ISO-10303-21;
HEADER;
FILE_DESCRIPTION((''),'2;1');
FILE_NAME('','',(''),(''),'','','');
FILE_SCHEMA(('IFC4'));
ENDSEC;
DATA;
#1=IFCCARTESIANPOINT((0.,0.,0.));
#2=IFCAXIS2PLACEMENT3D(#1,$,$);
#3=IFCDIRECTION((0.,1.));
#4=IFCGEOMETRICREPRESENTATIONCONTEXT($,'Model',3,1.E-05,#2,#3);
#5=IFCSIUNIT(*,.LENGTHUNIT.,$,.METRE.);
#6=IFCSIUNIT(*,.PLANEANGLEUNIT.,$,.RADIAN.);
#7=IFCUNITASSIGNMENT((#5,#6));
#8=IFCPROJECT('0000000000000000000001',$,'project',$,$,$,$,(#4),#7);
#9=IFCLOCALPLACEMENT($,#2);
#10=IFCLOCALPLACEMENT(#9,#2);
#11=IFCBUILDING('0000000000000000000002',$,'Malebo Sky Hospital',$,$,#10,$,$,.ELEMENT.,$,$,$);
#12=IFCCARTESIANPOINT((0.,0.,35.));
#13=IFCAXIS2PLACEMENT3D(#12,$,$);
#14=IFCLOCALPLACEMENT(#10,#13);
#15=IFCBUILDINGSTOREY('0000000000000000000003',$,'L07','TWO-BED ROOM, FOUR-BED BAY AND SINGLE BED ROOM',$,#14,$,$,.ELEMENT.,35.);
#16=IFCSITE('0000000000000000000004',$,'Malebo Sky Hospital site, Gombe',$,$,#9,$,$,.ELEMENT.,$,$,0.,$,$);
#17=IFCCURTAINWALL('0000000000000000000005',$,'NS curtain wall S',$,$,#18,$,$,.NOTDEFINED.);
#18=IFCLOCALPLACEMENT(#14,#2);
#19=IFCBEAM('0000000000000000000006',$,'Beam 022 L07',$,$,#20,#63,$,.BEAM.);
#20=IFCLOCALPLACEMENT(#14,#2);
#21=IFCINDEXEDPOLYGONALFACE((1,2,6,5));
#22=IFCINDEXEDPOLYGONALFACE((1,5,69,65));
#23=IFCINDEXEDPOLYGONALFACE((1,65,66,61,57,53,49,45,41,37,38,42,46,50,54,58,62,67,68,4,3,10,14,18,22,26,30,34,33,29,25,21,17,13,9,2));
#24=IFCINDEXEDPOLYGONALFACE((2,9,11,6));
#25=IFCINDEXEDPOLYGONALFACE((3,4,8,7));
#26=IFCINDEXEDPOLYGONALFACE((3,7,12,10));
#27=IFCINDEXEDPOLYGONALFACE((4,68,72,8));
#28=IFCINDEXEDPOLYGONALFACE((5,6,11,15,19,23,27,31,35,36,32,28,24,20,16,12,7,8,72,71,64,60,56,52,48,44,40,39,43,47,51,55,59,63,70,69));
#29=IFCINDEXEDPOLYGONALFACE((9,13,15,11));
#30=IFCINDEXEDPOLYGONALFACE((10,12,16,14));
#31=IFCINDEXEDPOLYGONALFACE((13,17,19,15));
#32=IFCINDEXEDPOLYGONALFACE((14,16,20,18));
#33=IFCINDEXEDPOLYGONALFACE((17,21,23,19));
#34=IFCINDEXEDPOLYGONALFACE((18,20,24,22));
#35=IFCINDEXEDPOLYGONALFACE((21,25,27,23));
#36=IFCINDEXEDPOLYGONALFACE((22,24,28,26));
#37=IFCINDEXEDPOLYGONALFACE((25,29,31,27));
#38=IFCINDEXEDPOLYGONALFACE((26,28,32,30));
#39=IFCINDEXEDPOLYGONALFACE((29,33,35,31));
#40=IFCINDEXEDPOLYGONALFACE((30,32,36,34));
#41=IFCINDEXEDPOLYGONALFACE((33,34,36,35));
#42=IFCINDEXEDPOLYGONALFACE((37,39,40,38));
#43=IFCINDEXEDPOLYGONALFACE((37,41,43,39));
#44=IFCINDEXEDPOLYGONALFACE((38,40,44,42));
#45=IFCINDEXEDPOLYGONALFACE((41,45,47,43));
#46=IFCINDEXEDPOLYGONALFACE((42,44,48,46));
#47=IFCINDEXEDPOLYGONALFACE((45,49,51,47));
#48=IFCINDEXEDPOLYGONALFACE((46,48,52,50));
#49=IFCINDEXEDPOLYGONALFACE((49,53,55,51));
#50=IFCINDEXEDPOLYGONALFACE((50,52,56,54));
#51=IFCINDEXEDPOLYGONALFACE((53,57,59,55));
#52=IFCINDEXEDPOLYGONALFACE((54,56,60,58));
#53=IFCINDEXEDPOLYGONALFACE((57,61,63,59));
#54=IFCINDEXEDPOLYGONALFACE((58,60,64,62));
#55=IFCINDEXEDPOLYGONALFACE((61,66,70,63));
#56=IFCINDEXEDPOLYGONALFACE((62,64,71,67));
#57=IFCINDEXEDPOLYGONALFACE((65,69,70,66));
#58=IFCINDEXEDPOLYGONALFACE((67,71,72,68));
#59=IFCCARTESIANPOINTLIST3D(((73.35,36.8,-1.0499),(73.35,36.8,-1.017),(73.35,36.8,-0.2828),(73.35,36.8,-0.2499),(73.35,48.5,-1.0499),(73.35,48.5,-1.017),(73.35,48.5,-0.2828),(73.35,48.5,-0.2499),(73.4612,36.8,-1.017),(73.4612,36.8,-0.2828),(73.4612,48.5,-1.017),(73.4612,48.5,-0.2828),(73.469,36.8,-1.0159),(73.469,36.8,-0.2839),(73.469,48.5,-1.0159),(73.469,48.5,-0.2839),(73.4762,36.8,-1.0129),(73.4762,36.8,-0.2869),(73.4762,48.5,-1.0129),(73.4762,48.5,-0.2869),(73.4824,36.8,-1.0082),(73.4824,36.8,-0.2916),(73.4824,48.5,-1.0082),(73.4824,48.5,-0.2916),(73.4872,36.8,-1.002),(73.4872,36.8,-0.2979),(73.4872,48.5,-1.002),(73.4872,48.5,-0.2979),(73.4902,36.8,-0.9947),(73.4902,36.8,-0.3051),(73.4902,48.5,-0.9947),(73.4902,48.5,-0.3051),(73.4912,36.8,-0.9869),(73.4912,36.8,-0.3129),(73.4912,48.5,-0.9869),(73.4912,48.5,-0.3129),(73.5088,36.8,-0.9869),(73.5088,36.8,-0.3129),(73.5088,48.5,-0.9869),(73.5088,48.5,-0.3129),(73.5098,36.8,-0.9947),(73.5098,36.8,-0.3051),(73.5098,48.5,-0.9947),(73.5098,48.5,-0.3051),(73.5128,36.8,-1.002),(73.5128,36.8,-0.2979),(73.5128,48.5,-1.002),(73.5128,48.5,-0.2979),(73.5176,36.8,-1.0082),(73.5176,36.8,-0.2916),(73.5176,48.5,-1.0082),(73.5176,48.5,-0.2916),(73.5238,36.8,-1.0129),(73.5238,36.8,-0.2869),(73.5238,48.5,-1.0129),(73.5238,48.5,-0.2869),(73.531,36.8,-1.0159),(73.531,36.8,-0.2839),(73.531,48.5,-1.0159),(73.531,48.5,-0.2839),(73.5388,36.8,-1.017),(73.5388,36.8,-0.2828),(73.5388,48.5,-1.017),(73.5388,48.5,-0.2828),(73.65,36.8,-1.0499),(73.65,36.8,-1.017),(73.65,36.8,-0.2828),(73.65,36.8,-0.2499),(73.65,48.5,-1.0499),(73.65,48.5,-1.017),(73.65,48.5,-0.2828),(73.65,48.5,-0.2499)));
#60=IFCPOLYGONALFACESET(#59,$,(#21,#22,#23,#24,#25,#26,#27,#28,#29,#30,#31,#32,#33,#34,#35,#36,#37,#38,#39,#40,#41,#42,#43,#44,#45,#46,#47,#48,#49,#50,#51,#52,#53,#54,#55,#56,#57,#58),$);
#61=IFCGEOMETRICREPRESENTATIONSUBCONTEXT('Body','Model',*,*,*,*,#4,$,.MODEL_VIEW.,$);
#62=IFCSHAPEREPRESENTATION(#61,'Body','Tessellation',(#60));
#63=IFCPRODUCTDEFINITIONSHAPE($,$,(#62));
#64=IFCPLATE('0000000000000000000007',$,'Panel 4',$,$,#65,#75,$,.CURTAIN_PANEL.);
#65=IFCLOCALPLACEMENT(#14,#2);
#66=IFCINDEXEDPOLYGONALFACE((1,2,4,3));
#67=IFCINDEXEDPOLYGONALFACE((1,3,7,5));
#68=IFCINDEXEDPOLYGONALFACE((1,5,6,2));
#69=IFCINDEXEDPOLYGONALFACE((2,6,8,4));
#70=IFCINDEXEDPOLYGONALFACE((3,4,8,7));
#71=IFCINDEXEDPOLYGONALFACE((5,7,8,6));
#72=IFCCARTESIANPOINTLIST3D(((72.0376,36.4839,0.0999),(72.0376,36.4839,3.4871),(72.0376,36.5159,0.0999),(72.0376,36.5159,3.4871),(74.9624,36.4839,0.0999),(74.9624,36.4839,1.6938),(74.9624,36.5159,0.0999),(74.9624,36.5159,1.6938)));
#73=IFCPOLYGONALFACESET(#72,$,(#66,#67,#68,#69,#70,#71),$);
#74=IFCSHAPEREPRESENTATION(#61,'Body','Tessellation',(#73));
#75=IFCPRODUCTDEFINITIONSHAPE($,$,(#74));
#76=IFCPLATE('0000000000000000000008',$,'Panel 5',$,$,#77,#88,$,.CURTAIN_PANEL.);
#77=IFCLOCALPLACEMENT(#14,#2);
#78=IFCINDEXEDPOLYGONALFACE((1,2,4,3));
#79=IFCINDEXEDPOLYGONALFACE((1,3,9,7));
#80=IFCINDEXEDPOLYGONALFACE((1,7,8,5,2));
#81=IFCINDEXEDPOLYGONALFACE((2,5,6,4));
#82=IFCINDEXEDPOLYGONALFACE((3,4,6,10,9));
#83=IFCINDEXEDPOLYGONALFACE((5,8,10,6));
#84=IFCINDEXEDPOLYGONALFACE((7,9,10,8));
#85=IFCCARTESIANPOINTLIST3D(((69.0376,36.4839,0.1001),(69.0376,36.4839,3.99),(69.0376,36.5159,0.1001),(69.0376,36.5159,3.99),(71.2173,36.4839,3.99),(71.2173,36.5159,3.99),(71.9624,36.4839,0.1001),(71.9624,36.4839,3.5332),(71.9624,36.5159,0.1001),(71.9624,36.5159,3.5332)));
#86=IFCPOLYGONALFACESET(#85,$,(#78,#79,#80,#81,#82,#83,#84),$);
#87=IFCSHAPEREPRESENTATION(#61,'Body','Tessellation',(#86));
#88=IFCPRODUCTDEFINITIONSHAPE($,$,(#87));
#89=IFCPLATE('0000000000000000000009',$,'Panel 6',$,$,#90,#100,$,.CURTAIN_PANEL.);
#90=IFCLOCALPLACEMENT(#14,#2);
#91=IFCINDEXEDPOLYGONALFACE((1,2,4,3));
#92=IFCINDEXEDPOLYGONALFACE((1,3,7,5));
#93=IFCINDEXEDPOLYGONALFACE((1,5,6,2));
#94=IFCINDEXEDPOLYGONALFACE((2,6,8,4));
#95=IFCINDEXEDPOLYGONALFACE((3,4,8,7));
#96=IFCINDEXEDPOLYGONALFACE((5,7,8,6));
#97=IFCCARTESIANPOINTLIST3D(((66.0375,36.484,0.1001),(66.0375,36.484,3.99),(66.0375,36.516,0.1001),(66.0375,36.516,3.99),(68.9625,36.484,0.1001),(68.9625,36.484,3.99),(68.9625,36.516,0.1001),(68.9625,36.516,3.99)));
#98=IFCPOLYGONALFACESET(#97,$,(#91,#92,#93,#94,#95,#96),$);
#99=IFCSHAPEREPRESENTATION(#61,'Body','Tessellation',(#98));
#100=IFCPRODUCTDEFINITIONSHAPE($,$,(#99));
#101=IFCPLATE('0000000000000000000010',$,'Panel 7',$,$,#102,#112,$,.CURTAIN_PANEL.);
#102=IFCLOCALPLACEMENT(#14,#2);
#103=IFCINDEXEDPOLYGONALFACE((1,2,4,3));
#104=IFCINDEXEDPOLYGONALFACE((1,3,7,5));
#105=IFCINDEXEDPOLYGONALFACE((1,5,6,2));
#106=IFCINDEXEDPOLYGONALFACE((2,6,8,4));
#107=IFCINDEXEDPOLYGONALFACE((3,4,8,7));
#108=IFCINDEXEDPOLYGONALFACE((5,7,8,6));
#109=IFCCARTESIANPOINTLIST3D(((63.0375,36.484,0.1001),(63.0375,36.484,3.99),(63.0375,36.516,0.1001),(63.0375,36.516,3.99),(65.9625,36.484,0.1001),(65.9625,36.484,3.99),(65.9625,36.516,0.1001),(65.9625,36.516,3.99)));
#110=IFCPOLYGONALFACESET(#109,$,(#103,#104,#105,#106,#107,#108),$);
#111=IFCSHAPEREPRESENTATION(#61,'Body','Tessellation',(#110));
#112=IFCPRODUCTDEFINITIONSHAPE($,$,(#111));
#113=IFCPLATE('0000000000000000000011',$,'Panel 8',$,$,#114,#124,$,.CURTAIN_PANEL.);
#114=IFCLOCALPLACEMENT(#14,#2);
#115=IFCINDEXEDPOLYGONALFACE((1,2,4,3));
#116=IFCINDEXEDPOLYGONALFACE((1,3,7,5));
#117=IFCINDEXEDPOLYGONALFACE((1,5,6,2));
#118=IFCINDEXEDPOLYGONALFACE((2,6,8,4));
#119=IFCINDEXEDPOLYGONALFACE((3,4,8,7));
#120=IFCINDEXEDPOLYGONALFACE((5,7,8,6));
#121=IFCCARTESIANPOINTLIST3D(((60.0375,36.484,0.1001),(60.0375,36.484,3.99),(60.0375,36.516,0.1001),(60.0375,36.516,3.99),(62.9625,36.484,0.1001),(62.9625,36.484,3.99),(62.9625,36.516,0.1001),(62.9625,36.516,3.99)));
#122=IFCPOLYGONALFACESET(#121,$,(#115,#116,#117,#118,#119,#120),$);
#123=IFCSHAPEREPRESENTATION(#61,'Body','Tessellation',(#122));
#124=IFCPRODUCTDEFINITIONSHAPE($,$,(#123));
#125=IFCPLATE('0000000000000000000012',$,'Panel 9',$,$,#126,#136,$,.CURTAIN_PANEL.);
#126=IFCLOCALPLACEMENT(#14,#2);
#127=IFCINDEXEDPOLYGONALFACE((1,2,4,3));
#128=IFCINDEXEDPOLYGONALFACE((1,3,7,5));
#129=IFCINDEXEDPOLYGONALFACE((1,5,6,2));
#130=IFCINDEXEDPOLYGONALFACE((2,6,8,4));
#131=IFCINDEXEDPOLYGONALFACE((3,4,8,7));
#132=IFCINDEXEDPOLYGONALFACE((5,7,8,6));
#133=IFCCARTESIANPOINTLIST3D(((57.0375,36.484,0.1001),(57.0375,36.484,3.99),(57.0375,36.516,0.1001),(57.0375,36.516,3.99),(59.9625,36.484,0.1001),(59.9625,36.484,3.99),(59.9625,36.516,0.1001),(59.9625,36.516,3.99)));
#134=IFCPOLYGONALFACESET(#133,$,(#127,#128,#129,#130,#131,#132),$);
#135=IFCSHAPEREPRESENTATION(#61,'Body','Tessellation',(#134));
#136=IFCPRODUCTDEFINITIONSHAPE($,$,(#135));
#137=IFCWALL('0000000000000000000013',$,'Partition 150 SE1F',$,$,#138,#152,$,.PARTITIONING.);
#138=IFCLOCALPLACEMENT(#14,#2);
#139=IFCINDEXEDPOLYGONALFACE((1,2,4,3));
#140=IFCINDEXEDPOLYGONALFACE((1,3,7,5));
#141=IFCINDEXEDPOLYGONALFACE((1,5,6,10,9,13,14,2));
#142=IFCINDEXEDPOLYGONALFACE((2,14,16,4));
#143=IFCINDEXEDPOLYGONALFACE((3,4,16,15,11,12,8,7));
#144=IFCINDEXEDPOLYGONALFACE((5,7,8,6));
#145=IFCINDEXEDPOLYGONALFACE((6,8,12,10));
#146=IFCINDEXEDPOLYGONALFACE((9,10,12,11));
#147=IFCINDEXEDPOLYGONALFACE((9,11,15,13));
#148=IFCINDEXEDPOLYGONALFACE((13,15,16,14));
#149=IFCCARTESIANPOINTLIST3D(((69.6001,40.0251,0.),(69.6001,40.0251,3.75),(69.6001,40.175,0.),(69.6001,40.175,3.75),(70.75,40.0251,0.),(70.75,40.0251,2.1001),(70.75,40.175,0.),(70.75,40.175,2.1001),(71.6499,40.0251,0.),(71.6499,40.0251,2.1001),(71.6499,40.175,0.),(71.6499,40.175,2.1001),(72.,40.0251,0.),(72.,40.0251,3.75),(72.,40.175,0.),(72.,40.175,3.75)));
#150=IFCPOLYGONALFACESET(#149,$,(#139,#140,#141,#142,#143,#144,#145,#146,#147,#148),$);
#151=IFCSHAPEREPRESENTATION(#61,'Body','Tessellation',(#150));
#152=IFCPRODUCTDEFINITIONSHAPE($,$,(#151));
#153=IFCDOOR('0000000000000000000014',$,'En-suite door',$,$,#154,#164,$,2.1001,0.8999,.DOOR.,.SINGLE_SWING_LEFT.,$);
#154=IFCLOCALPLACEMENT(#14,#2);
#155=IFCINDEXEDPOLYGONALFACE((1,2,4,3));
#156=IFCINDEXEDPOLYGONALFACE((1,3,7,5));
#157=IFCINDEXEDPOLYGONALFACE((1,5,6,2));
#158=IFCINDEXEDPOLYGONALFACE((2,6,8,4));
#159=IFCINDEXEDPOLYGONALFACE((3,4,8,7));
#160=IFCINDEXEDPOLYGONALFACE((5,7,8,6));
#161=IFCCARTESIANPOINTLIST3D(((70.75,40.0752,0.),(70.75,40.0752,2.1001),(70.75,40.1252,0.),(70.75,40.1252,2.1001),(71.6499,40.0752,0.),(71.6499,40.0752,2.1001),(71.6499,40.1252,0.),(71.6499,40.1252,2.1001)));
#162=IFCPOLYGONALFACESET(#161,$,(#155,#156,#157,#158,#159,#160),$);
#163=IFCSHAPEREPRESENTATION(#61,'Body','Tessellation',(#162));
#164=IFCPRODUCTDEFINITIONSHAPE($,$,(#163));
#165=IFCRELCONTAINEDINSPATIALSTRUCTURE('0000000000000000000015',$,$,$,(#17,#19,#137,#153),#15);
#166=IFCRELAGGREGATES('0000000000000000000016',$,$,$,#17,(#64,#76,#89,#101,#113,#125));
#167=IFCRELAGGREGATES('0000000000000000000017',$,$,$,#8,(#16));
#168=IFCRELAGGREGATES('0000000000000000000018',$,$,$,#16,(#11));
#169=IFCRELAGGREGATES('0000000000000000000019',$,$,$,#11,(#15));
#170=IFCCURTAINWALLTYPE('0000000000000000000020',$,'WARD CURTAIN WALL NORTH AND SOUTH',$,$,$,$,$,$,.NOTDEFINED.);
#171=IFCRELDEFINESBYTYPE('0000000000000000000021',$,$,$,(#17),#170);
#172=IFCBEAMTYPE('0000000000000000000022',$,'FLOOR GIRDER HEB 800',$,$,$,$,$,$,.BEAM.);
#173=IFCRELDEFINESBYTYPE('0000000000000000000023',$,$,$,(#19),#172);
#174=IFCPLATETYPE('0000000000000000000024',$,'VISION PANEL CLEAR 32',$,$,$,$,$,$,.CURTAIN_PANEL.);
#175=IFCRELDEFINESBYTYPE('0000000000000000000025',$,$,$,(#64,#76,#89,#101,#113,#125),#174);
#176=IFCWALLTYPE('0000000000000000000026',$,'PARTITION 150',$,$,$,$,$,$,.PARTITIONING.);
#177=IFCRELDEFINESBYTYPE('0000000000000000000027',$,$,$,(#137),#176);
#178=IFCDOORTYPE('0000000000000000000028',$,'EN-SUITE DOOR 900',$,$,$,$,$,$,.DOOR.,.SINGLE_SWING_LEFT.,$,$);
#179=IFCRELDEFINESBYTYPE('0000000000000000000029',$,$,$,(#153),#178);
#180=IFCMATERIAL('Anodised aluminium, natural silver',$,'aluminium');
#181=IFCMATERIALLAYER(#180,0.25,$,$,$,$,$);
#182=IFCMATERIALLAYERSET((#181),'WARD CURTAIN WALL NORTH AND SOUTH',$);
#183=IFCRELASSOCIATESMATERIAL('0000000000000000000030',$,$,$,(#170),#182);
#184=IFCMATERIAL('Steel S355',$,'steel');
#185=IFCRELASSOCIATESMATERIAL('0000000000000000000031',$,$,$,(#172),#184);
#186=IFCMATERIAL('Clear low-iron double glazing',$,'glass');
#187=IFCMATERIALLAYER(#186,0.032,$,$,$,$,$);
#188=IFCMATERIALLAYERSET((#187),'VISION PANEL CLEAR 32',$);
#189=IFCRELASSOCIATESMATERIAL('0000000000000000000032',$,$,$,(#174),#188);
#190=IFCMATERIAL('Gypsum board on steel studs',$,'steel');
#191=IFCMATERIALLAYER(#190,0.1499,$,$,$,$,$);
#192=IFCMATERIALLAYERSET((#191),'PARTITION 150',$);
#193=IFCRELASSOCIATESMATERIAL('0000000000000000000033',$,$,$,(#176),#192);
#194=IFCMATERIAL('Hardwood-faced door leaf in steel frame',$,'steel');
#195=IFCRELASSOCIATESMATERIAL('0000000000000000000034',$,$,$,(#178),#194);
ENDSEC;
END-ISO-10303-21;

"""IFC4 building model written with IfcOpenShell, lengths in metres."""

from ifc_helpers import new_model, si_unit, direction, frame, frame_2d, origin, origin_2d, place, context, subcontext, project, spatial, polyline, rectangle, i_section, outline, extrude, material, layer, layer_set, material_profile, profile_set, type_object, element, fill, aggregate, save


model = new_model("IFC4")

# Units and contexts
model_context = context("Model", 3, precision=1e-05, world=origin(), true_north=direction((0.0, 1.0)))
body_context = subcontext(model_context, "Body", "Model", "MODEL_VIEW")
ifc_project = project(units=[si_unit("LENGTHUNIT", "METRE"), si_unit("PLANEANGLEUNIT", "RADIAN")], contexts=[model_context])

# Site, building, storey
site_placement = place(None, origin())
site = spatial("IfcSite", under=ifc_project, at=site_placement, Name="Malebo Sky Hospital site, Gombe", CompositionType="ELEMENT", RefElevation=0.0)
building_placement = place(site_placement, origin())
building = spatial("IfcBuilding", under=site, at=building_placement, Name="Malebo Sky Hospital", CompositionType="ELEMENT")
storey_placement = place(building_placement, frame((0.0, 0.0, 35.0)))
storey = spatial("IfcBuildingStorey", under=building, at=storey_placement, Name="L07", Description="TWO-BED ROOM, FOUR-BED BAY AND SINGLE BED ROOM", CompositionType="ELEMENT", Elevation=35.0)

# Curtain wall
ifc_material_1 = material(Name="Anodised aluminium, natural silver", Category="aluminium")
ifc_layer_1 = layer(ifc_material_1, 0.25)
ifc_layer_set_1 = layer_set([ifc_layer_1], Name="WARD CURTAIN WALL NORTH AND SOUTH")
curtain_wall_type = type_object("IfcCurtainWallType", Name="WARD CURTAIN WALL NORTH AND SOUTH", PredefinedType="NOTDEFINED", material=ifc_layer_set_1)
curtain_wall_placement = place(storey_placement, origin())
curtain_wall = element("IfcCurtainWall", 1, at=curtain_wall_placement, inside=storey, type_object=curtain_wall_type, Name="NS curtain wall S", PredefinedType="NOTDEFINED")

# Beam
ifc_material_2 = material(Name="Steel S355", Category="steel")
ifc_material_profile_1 = material_profile(ifc_material_2, i_section(OverallWidth=0.3, OverallDepth=0.8, WebThickness=0.0176, FlangeThickness=0.033, FilletRadius=0.03, at=origin_2d()), Name="HEB 800")
ifc_profile_set_1 = profile_set([ifc_material_profile_1], Name="Steel S355")
beam_type_1 = type_object("IfcBeamType", Name="FLOOR GIRDER HEB 800", PredefinedType="BEAM", material=ifc_profile_set_1)
beam_1_placement = place(storey_placement, frame((73.5, 36.8, -0.6499), z_axis=(0.0, 1.0, 0.0), x_axis=(-1.0, 0.0, 0.0)))
element("IfcBeam", 2, at=beam_1_placement, inside=storey, type_object=beam_type_1, Name="Beam 022 L07", PredefinedType="BEAM", context=body_context, shape_type="SweptSolid", body=[
    extrude(i_section(OverallWidth=0.3, OverallDepth=0.8, WebThickness=0.0176, FlangeThickness=0.033, FilletRadius=0.03, at=origin_2d()), origin(), (0.0, 0.0, 1.0), 11.7),
])

# Plates
ifc_material_3 = material(Name="Clear low-iron double glazing", Category="glass")
ifc_layer_2 = layer(ifc_material_3, 0.032)
ifc_layer_set_2 = layer_set([ifc_layer_2], Name="VISION PANEL CLEAR 32")
plate_type = type_object("IfcPlateType", Name="VISION PANEL CLEAR 32", PredefinedType="CURTAIN_PANEL", material=ifc_layer_set_2)
plate_1_placement = place(storey_placement, frame((73.5, 36.5, 0.0999), z_axis=(0.0, 0.0, 1.0), x_axis=(-1.0, 0.0, 0.0)))
plate_1 = element("IfcPlate", 3, at=plate_1_placement, type_object=plate_type, Name="Panel 4", PredefinedType="CURTAIN_PANEL", context=body_context, shape_type="SweptSolid", body=[
    extrude(outline(polyline([(-1.4624, 0.0), (1.4624, 0.0), (1.4624, 3.3872), (-1.4624, 1.594), (-1.4624, 0.0)])), frame((0.0, 0.0161, 0.0), z_axis=(0.0, -1.0, 0.0), x_axis=(1.0, 0.0, 0.0)), (0.0, 0.0, 1.0), 0.032),
])
plate_2_placement = place(storey_placement, frame((70.5, 36.5, 0.1001), z_axis=(0.0, 0.0, 1.0), x_axis=(-1.0, 0.0, 0.0)))
plate_2 = element("IfcPlate", 4, at=plate_2_placement, type_object=plate_type, Name="Panel 5", PredefinedType="CURTAIN_PANEL", context=body_context, shape_type="SweptSolid", body=[
    extrude(outline(polyline([(-1.4624, 0.0), (1.4624, 0.0), (1.4624, 3.8899), (-0.7173, 3.8899), (-1.4624, 3.4331), (-1.4624, 0.0)])), frame((0.0, 0.0161, 0.0), z_axis=(0.0, -1.0, 0.0), x_axis=(1.0, 0.0, 0.0)), (0.0, 0.0, 1.0), 0.032),
])
plate_3_placement = place(storey_placement, frame((67.5, 36.5, 0.1001), z_axis=(0.0, 0.0, 1.0), x_axis=(-1.0, 0.0, 0.0)))
plate_3 = element("IfcPlate", 5, at=plate_3_placement, type_object=plate_type, Name="Panel 6", PredefinedType="CURTAIN_PANEL", context=body_context, shape_type="SweptSolid", body=[
    extrude(rectangle(XDim=2.925, YDim=0.032, at=origin_2d()), origin(), (0.0, 0.0, 1.0), 3.8899),
])
plate_4_placement = place(storey_placement, frame((64.5, 36.5, 0.1001), z_axis=(0.0, 0.0, 1.0), x_axis=(-1.0, 0.0, 0.0)))
plate_4 = element("IfcPlate", 6, at=plate_4_placement, type_object=plate_type, Name="Panel 7", PredefinedType="CURTAIN_PANEL", context=body_context, shape_type="SweptSolid", body=[
    extrude(rectangle(XDim=2.925, YDim=0.032, at=origin_2d()), origin(), (0.0, 0.0, 1.0), 3.8899),
])
plate_5_placement = place(storey_placement, frame((61.5, 36.5, 0.1001), z_axis=(0.0, 0.0, 1.0), x_axis=(-1.0, 0.0, 0.0)))
plate_5 = element("IfcPlate", 7, at=plate_5_placement, type_object=plate_type, Name="Panel 8", PredefinedType="CURTAIN_PANEL", context=body_context, shape_type="SweptSolid", body=[
    extrude(rectangle(XDim=2.925, YDim=0.032, at=origin_2d()), origin(), (0.0, 0.0, 1.0), 3.8899),
])
plate_6_placement = place(storey_placement, frame((58.5, 36.5, 0.1001), z_axis=(0.0, 0.0, 1.0), x_axis=(-1.0, 0.0, 0.0)))
plate_6 = element("IfcPlate", 8, at=plate_6_placement, type_object=plate_type, Name="Panel 9", PredefinedType="CURTAIN_PANEL", context=body_context, shape_type="SweptSolid", body=[
    extrude(rectangle(XDim=2.925, YDim=0.032, at=origin_2d()), origin(), (0.0, 0.0, 1.0), 3.8899),
])
aggregate(curtain_wall, [plate_1, plate_2, plate_3, plate_4, plate_5, plate_6])

# Wall, opening, door
ifc_material_4 = material(Name="Gypsum board on steel studs", Category="steel")
ifc_layer_3 = layer(ifc_material_4, 0.1499)
ifc_layer_set_3 = layer_set([ifc_layer_3], Name="PARTITION 150")
wall_type = type_object("IfcWallType", Name="PARTITION 150", PredefinedType="PARTITIONING", material=ifc_layer_set_3)
wall_1_placement = place(storey_placement, frame((72.0, 40.1001, 0.0), z_axis=(0.0, 0.0, 1.0), x_axis=(-1.0, 0.0, 0.0)))
wall_1 = element("IfcWall", 9, at=wall_1_placement, inside=storey, type_object=wall_type, Name="Partition 150 SE1F", PredefinedType="PARTITIONING", context=body_context, shape_type="SweptSolid", body=[
    extrude(rectangle(XDim=2.3999, YDim=0.1499, at=frame_2d((1.2, 0.0))), origin(), (0.0, 0.0, 1.0), 3.75),
])
opening_1_placement = place(wall_1_placement, frame((0.3501, 0.0, 0.0)))
opening_1 = element("IfcOpeningElement", 10, at=opening_1_placement, cuts=wall_1, PredefinedType="OPENING", context=body_context, shape_type="SweptSolid", body=[
    extrude(rectangle(XDim=0.8999, YDim=2.1001, at=frame_2d((0.45, 1.05))), frame((0.0, 0.085, 0.0), z_axis=(0.0, -1.0, 0.0), x_axis=(1.0, 0.0, 0.0)), (0.0, 0.0, 1.0), 0.1699),
])
ifc_material_5 = material(Name="Hardwood-faced door leaf in steel frame", Category="steel")
door_type = type_object("IfcDoorType", Name="EN-SUITE DOOR 900", OperationType="SINGLE_SWING_LEFT", PredefinedType="DOOR", material=ifc_material_5)
door_1_placement = place(opening_1_placement, origin())
door_1 = element("IfcDoor", 11, at=door_1_placement, inside=storey, type_object=door_type, Name="En-suite door", OperationType="SINGLE_SWING_LEFT", OverallHeight=2.1001, OverallWidth=0.8999, PredefinedType="DOOR", context=body_context, shape_type="SweptSolid", body=[
    extrude(rectangle(XDim=0.8999, YDim=2.1001, at=frame_2d((0.45, 1.05))), frame((0.0, 0.0249, 0.0), z_axis=(0.0, -1.0, 0.0), x_axis=(1.0, 0.0, 0.0)), (0.0, 0.0, 1.0), 0.05),
])
fill(opening_1, door_1)

save(model, "model.ifc")
